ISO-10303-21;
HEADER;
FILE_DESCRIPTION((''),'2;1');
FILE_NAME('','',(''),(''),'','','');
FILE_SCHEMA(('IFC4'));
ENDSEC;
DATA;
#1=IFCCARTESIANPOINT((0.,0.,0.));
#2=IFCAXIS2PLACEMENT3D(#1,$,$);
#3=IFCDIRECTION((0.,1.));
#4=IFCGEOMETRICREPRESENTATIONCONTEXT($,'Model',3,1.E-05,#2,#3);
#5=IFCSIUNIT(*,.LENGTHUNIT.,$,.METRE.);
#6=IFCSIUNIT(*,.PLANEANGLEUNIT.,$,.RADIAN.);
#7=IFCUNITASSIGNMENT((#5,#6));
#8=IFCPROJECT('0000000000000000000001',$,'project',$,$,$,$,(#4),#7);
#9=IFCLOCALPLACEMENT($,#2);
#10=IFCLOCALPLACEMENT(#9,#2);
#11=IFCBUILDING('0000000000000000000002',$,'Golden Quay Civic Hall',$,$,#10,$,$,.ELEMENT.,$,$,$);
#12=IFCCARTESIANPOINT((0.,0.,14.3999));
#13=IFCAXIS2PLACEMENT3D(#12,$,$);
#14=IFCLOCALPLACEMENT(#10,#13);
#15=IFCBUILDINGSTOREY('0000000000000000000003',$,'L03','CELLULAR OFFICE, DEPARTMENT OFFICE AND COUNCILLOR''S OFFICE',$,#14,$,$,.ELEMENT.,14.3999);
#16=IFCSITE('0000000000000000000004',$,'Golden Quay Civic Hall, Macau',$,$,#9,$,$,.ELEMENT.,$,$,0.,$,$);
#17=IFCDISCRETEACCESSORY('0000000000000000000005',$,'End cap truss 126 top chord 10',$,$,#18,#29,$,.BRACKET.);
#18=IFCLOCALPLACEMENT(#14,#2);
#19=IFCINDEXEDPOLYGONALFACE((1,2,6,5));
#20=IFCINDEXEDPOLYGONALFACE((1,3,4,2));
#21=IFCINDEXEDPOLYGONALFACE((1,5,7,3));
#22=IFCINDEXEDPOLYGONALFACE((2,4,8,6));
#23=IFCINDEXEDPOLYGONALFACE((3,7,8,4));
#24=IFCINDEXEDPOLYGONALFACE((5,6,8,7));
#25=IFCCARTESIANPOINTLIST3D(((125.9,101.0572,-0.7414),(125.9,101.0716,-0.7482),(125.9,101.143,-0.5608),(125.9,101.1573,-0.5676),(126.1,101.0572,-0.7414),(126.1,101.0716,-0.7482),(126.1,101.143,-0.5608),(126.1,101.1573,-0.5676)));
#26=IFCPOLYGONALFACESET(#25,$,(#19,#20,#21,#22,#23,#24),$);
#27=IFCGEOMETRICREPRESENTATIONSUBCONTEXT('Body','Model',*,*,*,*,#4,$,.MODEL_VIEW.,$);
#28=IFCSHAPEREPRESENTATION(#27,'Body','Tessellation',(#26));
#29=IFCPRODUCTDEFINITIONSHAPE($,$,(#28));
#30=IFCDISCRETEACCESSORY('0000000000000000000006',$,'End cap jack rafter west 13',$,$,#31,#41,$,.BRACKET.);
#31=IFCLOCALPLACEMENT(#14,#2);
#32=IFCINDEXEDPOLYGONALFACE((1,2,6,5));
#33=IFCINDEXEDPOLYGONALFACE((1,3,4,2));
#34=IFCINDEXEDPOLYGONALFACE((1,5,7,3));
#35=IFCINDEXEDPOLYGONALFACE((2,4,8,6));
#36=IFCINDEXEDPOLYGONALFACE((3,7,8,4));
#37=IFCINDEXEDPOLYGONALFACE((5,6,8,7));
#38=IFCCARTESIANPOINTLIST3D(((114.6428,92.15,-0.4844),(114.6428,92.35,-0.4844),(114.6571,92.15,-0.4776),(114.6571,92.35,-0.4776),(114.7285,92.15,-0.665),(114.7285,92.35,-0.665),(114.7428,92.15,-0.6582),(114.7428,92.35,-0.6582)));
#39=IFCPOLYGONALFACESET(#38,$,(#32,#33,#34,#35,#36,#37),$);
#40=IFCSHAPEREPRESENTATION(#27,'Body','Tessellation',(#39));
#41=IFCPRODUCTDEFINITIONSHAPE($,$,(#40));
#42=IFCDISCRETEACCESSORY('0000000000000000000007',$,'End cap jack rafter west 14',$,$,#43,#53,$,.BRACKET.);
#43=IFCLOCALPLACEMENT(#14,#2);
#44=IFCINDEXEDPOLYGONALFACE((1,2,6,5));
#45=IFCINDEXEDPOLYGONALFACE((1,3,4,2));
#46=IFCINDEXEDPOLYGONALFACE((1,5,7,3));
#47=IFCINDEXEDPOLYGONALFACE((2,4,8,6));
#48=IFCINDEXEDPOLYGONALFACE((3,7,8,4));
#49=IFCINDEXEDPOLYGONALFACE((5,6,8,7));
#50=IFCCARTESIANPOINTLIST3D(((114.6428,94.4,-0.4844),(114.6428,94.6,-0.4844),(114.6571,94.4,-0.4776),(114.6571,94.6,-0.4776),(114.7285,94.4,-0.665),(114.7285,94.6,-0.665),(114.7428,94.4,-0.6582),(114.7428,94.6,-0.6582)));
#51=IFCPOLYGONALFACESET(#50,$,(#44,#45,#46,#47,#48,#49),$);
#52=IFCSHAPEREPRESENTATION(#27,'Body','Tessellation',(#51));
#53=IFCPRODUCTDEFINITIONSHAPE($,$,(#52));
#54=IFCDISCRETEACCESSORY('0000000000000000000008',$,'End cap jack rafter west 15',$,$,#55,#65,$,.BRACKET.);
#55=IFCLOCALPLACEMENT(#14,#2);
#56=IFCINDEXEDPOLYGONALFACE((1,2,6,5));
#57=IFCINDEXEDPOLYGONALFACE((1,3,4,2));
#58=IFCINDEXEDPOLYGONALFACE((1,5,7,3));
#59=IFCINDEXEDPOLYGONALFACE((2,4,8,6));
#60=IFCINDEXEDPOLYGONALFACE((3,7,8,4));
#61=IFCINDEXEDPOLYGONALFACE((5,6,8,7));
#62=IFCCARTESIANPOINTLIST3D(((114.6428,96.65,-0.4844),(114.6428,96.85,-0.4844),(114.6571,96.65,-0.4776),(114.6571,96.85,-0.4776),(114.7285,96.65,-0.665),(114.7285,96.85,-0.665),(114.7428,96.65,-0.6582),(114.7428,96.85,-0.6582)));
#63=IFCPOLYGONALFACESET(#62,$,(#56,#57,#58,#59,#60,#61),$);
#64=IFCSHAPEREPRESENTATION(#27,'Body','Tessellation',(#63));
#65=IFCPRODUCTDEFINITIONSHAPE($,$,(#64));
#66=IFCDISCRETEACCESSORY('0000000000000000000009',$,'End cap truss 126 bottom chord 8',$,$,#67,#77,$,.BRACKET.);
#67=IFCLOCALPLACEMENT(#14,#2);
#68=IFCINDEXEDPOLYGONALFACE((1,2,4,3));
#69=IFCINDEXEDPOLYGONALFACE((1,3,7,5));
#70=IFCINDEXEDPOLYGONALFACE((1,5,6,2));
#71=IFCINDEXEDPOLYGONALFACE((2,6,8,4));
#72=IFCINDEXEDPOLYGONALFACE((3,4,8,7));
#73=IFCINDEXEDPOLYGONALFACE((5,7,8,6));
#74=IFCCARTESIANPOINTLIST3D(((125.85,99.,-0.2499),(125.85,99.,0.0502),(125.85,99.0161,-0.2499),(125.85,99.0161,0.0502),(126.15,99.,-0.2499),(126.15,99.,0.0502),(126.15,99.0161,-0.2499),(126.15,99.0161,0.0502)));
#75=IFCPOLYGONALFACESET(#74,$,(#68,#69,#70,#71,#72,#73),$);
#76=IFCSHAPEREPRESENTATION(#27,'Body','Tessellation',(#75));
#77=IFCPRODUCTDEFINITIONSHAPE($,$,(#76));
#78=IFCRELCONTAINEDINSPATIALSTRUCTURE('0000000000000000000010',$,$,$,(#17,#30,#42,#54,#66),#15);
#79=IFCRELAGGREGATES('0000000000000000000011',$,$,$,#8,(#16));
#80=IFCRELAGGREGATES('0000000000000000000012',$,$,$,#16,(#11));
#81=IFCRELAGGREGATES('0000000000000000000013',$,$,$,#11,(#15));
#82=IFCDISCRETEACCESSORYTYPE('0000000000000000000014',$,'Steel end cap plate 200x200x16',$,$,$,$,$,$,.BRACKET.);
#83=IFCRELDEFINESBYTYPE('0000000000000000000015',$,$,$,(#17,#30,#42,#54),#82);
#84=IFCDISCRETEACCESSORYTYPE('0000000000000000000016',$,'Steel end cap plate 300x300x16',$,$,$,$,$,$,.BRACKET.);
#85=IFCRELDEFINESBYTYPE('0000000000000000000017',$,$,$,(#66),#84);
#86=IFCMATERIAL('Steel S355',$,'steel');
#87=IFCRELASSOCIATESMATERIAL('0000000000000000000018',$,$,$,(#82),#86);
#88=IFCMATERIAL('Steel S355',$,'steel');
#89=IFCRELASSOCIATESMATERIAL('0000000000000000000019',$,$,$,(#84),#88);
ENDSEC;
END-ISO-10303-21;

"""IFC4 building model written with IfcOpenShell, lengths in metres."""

from ifc_helpers import new_model, si_unit, direction, frame, origin, origin_2d, place, context, subcontext, project, spatial, rectangle, extrude, material, material_profile, profile_set, type_object, element, save


model = new_model("IFC4")

# Units and contexts
model_context = context("Model", 3, precision=1e-05, world=origin(), true_north=direction((0.0, 1.0)))
body_context = subcontext(model_context, "Body", "Model", "MODEL_VIEW")
ifc_project = project(units=[si_unit("LENGTHUNIT", "METRE"), si_unit("PLANEANGLEUNIT", "RADIAN")], contexts=[model_context])

# Site, building, storey
site_placement = place(None, origin())
site = spatial("IfcSite", under=ifc_project, at=site_placement, Name="Golden Quay Civic Hall, Macau", CompositionType="ELEMENT", RefElevation=0.0)
building_placement = place(site_placement, origin())
building = spatial("IfcBuilding", under=site, at=building_placement, Name="Golden Quay Civic Hall", CompositionType="ELEMENT")
storey_placement = place(building_placement, frame((0.0, 0.0, 14.3999)))
storey = spatial("IfcBuildingStorey", under=building, at=storey_placement, Name="L03", Description="CELLULAR OFFICE, DEPARTMENT OFFICE AND COUNCILLOR'S OFFICE", CompositionType="ELEMENT", Elevation=14.3999)

# Discrete accessories
ifc_material_1 = material(Name="Steel S355", Category="steel")
ifc_material_profile_1 = material_profile(ifc_material_1, rectangle(XDim=0.2, YDim=0.2, at=origin_2d()), Name="Steel end cap plate 200x200x16")
ifc_profile_set_1 = profile_set([ifc_material_profile_1], Name="Steel S355")
discrete_accessory_type_1 = type_object("IfcDiscreteAccessoryType", Name="Steel end cap plate 200x200x16", PredefinedType="BRACKET", material=ifc_profile_set_1)
for number, where, z_axis, x_axis, name in (
    (1, (126.0, 101.1001, -0.6511), (0.0, 0.903426, -0.428744), (-1.0, 0.0, 0.0), "End cap truss 126 top chord 10"),
    (2, (114.7, 92.25, -0.5679), (-0.903426, 0.0, -0.428744), (0.0, -1.0, 0.0), "End cap jack rafter west 13"),
    (3, (114.7, 94.5, -0.5679), (-0.903426, 0.0, -0.428744), (0.0, -1.0, 0.0), "End cap jack rafter west 14"),
    (4, (114.7, 96.75, -0.5679), (-0.903426, 0.0, -0.428744), (0.0, -1.0, 0.0), "End cap jack rafter west 15"),
):
    element("IfcDiscreteAccessory", number, at=place(storey_placement, frame(where, z_axis=z_axis, x_axis=x_axis)), inside=storey, type_object=discrete_accessory_type_1, Name=name, PredefinedType="BRACKET", context=body_context, shape_type="SweptSolid", body=[
        extrude(rectangle(XDim=0.2, YDim=0.2, at=origin_2d()), origin(), (0.0, 0.0, 1.0), 0.0159),
    ])
ifc_material_2 = material(Name="Steel S355", Category="steel")
ifc_material_profile_2 = material_profile(ifc_material_2, rectangle(XDim=0.3, YDim=0.3, at=origin_2d()), Name="Steel end cap plate 300x300x16")
ifc_profile_set_2 = profile_set([ifc_material_profile_2], Name="Steel S355")
discrete_accessory_type_2 = type_object("IfcDiscreteAccessoryType", Name="Steel end cap plate 300x300x16", PredefinedType="BRACKET", material=ifc_profile_set_2)
discrete_accessory_placement = place(storey_placement, frame((126.0, 99.0, -0.0999), z_axis=(0.0, 1.0, 0.0), x_axis=(-1.0, 0.0, 0.0)))
element("IfcDiscreteAccessory", 5, at=discrete_accessory_placement, inside=storey, type_object=discrete_accessory_type_2, Name="End cap truss 126 bottom chord 8", PredefinedType="BRACKET", context=body_context, shape_type="SweptSolid", body=[
    extrude(rectangle(XDim=0.3, YDim=0.3, at=origin_2d()), origin(), (0.0, 0.0, 1.0), 0.0161),
])

save(model, "model.ifc")
